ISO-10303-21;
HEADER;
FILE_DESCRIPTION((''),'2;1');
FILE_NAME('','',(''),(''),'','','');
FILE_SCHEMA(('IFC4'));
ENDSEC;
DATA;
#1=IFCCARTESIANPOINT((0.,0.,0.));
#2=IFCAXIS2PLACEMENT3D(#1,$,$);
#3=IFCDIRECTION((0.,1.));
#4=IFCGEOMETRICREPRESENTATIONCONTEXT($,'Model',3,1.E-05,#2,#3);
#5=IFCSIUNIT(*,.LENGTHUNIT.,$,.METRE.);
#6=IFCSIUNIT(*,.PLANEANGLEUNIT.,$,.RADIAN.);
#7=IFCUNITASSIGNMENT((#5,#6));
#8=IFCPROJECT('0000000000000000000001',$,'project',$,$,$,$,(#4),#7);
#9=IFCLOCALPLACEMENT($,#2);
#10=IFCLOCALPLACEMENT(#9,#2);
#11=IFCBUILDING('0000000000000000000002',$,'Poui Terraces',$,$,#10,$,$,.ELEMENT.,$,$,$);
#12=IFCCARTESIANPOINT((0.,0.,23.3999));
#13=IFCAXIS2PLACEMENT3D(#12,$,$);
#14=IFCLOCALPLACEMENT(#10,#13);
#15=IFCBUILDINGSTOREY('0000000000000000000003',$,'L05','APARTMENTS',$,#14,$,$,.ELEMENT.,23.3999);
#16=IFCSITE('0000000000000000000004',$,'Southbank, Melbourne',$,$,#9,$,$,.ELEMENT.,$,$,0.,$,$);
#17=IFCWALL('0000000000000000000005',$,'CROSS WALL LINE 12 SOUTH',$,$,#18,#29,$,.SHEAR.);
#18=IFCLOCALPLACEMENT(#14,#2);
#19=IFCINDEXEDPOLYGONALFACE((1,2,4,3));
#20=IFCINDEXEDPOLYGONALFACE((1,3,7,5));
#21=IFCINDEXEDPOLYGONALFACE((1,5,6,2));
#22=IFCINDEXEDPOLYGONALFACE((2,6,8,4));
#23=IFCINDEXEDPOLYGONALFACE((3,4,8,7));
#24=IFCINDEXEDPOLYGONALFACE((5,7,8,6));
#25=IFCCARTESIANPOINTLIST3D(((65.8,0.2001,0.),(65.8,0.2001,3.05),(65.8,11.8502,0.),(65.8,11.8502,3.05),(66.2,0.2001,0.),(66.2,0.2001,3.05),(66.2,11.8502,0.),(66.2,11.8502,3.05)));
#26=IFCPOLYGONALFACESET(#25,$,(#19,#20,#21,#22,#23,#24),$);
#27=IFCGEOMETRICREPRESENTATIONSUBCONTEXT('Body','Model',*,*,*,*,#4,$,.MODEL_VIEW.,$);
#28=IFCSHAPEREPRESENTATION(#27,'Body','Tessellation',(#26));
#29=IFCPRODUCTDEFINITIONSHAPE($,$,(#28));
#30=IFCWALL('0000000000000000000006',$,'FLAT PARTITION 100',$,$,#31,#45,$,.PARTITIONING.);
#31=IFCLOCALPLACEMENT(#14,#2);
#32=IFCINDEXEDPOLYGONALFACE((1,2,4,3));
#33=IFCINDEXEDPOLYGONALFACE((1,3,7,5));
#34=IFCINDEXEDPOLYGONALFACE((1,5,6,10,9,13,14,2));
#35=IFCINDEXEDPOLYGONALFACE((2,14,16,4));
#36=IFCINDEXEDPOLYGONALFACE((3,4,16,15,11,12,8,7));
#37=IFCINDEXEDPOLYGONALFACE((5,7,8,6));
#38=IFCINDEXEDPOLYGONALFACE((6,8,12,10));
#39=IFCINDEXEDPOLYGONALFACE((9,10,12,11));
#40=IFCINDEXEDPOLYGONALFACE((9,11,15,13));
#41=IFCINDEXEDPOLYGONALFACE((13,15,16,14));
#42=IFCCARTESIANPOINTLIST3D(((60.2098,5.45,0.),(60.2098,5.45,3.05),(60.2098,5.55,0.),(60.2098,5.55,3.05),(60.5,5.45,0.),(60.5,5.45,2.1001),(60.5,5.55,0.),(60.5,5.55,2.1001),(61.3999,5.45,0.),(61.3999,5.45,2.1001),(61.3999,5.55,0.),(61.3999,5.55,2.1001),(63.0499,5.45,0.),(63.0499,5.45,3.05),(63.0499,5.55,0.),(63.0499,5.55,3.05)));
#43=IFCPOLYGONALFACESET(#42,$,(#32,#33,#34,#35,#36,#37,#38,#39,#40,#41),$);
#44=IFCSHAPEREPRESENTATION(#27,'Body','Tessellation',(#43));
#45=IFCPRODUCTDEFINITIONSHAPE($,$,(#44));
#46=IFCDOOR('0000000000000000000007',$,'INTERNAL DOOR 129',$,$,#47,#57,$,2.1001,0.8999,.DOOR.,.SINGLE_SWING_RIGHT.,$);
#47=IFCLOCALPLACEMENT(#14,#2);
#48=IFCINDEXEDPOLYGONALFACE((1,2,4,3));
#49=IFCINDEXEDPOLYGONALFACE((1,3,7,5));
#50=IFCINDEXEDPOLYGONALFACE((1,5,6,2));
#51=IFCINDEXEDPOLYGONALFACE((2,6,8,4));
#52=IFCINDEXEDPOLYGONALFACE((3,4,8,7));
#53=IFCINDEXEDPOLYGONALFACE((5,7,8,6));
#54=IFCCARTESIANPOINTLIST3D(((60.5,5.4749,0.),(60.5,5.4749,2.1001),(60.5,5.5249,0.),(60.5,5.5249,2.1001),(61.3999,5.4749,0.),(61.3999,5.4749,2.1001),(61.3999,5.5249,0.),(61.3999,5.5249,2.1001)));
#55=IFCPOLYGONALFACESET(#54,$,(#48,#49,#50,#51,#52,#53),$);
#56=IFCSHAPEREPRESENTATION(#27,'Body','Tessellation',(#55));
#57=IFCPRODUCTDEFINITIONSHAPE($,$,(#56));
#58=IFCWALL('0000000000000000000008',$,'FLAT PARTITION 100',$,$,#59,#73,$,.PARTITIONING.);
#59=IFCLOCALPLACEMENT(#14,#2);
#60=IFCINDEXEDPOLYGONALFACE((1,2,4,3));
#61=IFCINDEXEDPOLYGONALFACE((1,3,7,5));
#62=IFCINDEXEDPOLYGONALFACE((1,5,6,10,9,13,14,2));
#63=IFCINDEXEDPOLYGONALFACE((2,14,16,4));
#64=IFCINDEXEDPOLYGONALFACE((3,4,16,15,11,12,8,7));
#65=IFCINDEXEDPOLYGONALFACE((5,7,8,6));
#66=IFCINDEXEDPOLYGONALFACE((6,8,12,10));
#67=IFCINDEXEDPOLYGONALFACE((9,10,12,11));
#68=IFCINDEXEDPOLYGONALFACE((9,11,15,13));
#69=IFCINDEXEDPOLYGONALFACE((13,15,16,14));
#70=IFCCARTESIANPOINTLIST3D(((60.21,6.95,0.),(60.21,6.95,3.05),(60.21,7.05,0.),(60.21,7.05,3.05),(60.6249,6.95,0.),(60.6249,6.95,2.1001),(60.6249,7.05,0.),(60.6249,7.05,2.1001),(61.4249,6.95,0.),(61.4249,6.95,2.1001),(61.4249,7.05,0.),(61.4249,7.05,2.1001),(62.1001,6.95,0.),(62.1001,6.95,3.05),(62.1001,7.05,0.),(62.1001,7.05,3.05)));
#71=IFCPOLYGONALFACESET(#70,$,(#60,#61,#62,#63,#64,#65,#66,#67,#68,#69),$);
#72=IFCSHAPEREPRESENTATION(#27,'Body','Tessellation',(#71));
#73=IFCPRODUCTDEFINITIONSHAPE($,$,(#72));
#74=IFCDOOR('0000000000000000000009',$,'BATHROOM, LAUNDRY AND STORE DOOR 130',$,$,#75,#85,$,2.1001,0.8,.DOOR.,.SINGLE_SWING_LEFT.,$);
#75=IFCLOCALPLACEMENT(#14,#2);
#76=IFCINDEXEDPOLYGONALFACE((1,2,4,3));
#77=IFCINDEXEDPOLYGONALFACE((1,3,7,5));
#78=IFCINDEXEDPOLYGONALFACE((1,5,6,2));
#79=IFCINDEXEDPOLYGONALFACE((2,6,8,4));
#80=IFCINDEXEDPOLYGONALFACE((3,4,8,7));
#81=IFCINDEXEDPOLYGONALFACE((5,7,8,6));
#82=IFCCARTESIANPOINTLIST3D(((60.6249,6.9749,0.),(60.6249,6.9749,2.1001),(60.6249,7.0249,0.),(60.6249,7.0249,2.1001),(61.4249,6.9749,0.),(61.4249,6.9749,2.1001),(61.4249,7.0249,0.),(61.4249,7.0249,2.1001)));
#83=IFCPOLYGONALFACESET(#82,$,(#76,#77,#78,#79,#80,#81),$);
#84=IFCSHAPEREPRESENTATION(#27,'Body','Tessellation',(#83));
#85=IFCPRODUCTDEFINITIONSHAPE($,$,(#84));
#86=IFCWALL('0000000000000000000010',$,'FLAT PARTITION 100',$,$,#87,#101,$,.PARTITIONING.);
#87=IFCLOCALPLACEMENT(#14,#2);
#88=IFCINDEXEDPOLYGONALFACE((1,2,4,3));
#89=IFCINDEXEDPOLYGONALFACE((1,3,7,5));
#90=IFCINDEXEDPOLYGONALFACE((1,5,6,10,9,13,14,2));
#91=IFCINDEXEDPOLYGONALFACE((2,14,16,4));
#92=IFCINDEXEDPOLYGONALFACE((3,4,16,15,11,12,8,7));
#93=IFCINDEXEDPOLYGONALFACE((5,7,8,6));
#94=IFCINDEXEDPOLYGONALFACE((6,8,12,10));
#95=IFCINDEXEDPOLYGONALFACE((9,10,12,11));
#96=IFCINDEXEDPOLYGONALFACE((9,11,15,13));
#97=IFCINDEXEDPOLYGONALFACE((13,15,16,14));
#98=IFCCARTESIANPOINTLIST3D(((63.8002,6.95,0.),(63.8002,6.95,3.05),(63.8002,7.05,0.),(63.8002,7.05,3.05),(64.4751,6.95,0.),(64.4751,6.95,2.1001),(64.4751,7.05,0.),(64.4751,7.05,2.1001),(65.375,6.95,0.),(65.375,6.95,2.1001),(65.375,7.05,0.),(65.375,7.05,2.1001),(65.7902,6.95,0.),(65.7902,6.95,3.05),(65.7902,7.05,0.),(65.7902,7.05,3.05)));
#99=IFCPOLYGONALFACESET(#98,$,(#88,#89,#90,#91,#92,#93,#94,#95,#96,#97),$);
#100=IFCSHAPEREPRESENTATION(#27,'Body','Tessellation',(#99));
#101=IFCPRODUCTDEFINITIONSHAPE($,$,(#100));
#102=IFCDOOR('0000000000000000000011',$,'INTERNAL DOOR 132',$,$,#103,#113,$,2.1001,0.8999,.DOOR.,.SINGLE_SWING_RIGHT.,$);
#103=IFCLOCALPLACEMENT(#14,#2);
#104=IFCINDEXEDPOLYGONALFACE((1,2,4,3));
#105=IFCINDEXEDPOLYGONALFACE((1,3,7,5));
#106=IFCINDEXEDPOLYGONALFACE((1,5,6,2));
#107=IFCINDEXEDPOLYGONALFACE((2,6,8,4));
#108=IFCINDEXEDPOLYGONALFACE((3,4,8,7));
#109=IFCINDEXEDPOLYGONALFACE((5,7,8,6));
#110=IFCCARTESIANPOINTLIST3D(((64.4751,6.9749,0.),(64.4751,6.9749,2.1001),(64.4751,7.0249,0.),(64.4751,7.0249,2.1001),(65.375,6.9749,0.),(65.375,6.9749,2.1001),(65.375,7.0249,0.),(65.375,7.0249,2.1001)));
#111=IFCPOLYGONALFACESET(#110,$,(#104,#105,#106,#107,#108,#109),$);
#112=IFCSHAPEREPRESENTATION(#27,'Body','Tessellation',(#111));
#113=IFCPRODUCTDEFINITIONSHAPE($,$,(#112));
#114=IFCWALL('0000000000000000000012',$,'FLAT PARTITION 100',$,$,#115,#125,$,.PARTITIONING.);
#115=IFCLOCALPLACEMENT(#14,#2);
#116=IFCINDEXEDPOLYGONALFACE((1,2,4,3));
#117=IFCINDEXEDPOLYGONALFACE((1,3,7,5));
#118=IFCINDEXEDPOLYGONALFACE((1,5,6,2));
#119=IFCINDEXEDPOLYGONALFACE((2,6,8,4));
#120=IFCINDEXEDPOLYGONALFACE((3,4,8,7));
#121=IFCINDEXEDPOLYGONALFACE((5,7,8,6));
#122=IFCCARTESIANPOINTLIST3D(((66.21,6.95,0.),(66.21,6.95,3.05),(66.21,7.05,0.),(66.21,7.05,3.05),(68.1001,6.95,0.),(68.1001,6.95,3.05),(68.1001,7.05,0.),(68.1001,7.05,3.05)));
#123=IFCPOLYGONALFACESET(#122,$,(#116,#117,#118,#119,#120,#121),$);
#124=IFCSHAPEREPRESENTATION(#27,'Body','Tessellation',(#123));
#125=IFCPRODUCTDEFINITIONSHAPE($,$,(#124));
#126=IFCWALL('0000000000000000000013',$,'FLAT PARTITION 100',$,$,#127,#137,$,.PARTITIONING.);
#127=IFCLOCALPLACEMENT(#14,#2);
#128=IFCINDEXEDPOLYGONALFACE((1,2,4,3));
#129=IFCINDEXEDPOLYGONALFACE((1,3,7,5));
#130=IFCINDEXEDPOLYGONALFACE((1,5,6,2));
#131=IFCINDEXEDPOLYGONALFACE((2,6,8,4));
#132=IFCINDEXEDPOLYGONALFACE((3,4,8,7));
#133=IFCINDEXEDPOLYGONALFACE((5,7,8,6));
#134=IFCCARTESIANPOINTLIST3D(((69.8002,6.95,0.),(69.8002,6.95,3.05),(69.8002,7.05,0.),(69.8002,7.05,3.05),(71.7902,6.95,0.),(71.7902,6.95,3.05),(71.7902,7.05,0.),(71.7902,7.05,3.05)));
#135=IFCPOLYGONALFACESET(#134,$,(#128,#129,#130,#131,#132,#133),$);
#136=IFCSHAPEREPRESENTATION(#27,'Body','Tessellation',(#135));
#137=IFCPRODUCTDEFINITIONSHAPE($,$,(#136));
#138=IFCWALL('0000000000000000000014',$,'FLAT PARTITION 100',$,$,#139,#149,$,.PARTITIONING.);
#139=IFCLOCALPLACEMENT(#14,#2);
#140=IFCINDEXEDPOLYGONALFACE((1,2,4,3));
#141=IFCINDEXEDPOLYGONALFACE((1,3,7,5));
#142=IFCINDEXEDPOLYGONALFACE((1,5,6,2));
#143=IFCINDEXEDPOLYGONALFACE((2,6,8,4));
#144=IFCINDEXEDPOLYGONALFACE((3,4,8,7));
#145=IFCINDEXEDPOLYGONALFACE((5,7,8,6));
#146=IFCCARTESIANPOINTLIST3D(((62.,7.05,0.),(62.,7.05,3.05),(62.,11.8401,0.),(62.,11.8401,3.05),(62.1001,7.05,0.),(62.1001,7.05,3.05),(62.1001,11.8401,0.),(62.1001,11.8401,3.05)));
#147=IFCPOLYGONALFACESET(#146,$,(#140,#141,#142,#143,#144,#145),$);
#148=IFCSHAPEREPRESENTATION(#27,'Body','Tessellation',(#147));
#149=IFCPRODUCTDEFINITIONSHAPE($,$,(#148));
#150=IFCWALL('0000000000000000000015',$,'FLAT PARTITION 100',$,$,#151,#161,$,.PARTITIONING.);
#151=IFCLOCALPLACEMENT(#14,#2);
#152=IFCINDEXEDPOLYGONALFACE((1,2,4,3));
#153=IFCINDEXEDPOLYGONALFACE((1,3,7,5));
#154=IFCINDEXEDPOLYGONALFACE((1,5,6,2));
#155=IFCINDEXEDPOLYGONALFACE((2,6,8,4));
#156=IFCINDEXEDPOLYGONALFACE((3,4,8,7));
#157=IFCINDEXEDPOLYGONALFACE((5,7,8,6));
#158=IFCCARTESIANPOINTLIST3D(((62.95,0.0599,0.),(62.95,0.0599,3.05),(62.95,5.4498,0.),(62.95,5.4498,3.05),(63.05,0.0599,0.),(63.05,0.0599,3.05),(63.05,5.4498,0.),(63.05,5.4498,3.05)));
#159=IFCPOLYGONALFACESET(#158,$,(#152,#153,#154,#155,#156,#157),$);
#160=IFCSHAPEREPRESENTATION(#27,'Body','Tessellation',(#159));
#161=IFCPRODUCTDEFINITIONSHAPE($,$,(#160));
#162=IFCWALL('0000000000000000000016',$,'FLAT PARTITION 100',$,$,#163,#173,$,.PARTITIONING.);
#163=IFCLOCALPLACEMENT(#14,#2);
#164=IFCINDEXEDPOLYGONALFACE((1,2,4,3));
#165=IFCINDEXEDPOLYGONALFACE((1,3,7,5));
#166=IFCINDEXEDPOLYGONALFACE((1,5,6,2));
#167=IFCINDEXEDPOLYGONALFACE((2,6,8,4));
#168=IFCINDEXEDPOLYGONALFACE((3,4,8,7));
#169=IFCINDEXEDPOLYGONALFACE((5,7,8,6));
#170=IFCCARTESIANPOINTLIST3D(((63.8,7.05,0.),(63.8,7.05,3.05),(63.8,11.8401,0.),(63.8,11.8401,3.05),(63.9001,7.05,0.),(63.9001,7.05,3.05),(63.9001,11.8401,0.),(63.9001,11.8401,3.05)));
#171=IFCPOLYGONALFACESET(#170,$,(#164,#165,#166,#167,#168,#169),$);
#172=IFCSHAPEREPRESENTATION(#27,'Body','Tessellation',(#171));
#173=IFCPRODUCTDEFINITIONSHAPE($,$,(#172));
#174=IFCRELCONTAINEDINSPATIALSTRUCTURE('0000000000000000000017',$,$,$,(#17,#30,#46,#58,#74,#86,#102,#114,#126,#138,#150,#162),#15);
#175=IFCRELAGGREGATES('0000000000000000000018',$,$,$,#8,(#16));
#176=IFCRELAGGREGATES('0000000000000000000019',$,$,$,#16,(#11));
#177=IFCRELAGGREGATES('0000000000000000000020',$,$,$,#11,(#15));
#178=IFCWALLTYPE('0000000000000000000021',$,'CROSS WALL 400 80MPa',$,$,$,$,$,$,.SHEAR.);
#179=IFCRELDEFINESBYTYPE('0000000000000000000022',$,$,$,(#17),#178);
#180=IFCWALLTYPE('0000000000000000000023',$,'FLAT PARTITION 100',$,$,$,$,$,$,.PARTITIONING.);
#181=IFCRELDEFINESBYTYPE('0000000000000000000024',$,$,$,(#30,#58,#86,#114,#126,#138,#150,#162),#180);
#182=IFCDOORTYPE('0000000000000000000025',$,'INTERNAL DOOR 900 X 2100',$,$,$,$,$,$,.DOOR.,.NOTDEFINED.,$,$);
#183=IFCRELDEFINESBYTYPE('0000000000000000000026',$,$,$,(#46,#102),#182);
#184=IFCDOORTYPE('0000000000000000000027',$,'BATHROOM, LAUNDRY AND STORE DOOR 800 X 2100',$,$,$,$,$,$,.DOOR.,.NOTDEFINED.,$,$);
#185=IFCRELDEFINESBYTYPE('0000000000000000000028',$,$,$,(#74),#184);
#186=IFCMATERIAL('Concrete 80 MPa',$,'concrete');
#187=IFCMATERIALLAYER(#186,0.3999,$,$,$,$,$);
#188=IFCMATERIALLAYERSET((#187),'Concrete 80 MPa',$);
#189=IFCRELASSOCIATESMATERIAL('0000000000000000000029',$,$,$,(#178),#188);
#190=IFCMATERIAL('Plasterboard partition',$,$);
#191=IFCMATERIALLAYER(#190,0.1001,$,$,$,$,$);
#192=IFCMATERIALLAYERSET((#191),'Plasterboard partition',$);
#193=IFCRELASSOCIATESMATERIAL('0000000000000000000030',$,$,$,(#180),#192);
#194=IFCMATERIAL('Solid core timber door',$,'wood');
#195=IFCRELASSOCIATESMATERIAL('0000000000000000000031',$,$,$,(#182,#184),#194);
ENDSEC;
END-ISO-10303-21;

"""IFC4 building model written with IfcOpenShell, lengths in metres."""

from ifc_helpers import new_model, si_unit, direction, frame, frame_2d, origin, place, context, subcontext, project, spatial, rectangle, extrude, material, layer, layer_set, type_object, element, fill, save


model = new_model("IFC4")

# Units and contexts
model_context = context("Model", 3, precision=1e-05, world=origin(), true_north=direction((0.0, 1.0)))
body_context = subcontext(model_context, "Body", "Model", "MODEL_VIEW")
ifc_project = project(units=[si_unit("LENGTHUNIT", "METRE"), si_unit("PLANEANGLEUNIT", "RADIAN")], contexts=[model_context])

# Site, building, storey
site_placement = place(None, origin())
site = spatial("IfcSite", under=ifc_project, at=site_placement, Name="Southbank, Melbourne", CompositionType="ELEMENT", RefElevation=0.0)
building_placement = place(site_placement, origin())
building = spatial("IfcBuilding", under=site, at=building_placement, Name="Poui Terraces", CompositionType="ELEMENT")
storey_placement = place(building_placement, frame((0.0, 0.0, 23.3999)))
storey = spatial("IfcBuildingStorey", under=building, at=storey_placement, Name="L05", Description="APARTMENTS", CompositionType="ELEMENT", Elevation=23.3999)

# Wall
ifc_material_1 = material(Name="Concrete 80 MPa", Category="concrete")
ifc_layer_1 = layer(ifc_material_1, 0.3999)
ifc_layer_set_1 = layer_set([ifc_layer_1], Name="Concrete 80 MPa")
wall_type_1 = type_object("IfcWallType", Name="CROSS WALL 400 80MPa", PredefinedType="SHEAR", material=ifc_layer_set_1)
wall_1_placement = place(storey_placement, frame((66.0, 0.2, 0.0), z_axis=(0.0, 0.0, 1.0), x_axis=(0.0, 1.0, 0.0)))
element("IfcWall", 1, at=wall_1_placement, inside=storey, type_object=wall_type_1, Name="CROSS WALL LINE 12 SOUTH", PredefinedType="SHEAR", context=body_context, shape_type="SweptSolid", body=[
    extrude(rectangle(XDim=11.6501, YDim=0.3999, at=frame_2d((5.8252, 0.0))), origin(), (0.0, 0.0, 1.0), 3.05),
])

# Walls, openings, doors
ifc_material_2 = material(Name="Plasterboard partition")
ifc_layer_2 = layer(ifc_material_2, 0.1001)
ifc_layer_set_2 = layer_set([ifc_layer_2], Name="Plasterboard partition")
wall_type_2 = type_object("IfcWallType", Name="FLAT PARTITION 100", PredefinedType="PARTITIONING", material=ifc_layer_set_2)
wall_2_placement = place(storey_placement, frame((60.21, 5.5, 0.0), z_axis=(0.0, 0.0, 1.0), x_axis=(1.0, 0.0, 0.0)))
wall_2 = element("IfcWall", 2, at=wall_2_placement, inside=storey, type_object=wall_type_2, Name="FLAT PARTITION 100", PredefinedType="PARTITIONING", context=body_context, shape_type="SweptSolid", body=[
    extrude(rectangle(XDim=2.8401, YDim=0.1001, at=frame_2d((1.4199, 0.0))), origin(), (0.0, 0.0, 1.0), 3.05),
])
opening_1_placement = place(wall_2_placement, frame((0.29, 0.0, 0.0)))
opening_1 = element("IfcOpeningElement", 3, at=opening_1_placement, cuts=wall_2, PredefinedType="OPENING", context=body_context, shape_type="SweptSolid", body=[
    extrude(rectangle(XDim=0.8999, YDim=2.1001, at=frame_2d((0.45, 1.05))), frame((0.0, 0.0601, 0.0), z_axis=(0.0, -1.0, 0.0), x_axis=(1.0, 0.0, 0.0)), (0.0, 0.0, 1.0), 0.1201),
])
ifc_material_3 = material(Name="Solid core timber door", Category="wood")
door_type_1 = type_object("IfcDoorType", Name="INTERNAL DOOR 900 X 2100", OperationType="NOTDEFINED", PredefinedType="DOOR", material=ifc_material_3)
door_1_placement = place(opening_1_placement, origin())
door_1 = element("IfcDoor", 4, at=door_1_placement, inside=storey, type_object=door_type_1, Name="INTERNAL DOOR 129", OperationType="SINGLE_SWING_RIGHT", OverallHeight=2.1001, OverallWidth=0.8999, PredefinedType="DOOR", context=body_context, shape_type="SweptSolid", body=[
    extrude(rectangle(XDim=0.8999, YDim=2.1001, at=frame_2d((0.45, 1.05))), frame((0.0, 0.0249, 0.0), z_axis=(0.0, -1.0, 0.0), x_axis=(1.0, 0.0, 0.0)), (0.0, 0.0, 1.0), 0.05),
])
fill(opening_1, door_1)
wall_3_placement = place(storey_placement, frame((60.21, 7.0, 0.0), z_axis=(0.0, 0.0, 1.0), x_axis=(1.0, 0.0, 0.0)))
wall_3 = element("IfcWall", 5, at=wall_3_placement, inside=storey, type_object=wall_type_2, Name="FLAT PARTITION 100", PredefinedType="PARTITIONING", context=body_context, shape_type="SweptSolid", body=[
    extrude(rectangle(XDim=1.8901, YDim=0.1001, at=frame_2d((0.9451, 0.0))), origin(), (0.0, 0.0, 1.0), 3.05),
])
opening_2_placement = place(wall_3_placement, frame((0.415, 0.0, 0.0)))
opening_2 = element("IfcOpeningElement", 6, at=opening_2_placement, cuts=wall_3, PredefinedType="OPENING", context=body_context, shape_type="SweptSolid", body=[
    extrude(rectangle(XDim=0.8, YDim=2.1001, at=frame_2d((0.3999, 1.05))), frame((0.0, 0.0601, 0.0), z_axis=(0.0, -1.0, 0.0), x_axis=(1.0, 0.0, 0.0)), (0.0, 0.0, 1.0), 0.1201),
])
door_type_2 = type_object("IfcDoorType", Name="BATHROOM, LAUNDRY AND STORE DOOR 800 X 2100", OperationType="NOTDEFINED", PredefinedType="DOOR", material=ifc_material_3)
door_2_placement = place(opening_2_placement, origin())
door_2 = element("IfcDoor", 7, at=door_2_placement, inside=storey, type_object=door_type_2, Name="BATHROOM, LAUNDRY AND STORE DOOR 130", OperationType="SINGLE_SWING_LEFT", OverallHeight=2.1001, OverallWidth=0.8, PredefinedType="DOOR", context=body_context, shape_type="SweptSolid", body=[
    extrude(rectangle(XDim=0.8, YDim=2.1001, at=frame_2d((0.3999, 1.05))), frame((0.0, 0.0249, 0.0), z_axis=(0.0, -1.0, 0.0), x_axis=(1.0, 0.0, 0.0)), (0.0, 0.0, 1.0), 0.05),
])
fill(opening_2, door_2)
wall_4_placement = place(storey_placement, frame((63.8, 7.0, 0.0), z_axis=(0.0, 0.0, 1.0), x_axis=(1.0, 0.0, 0.0)))
wall_4 = element("IfcWall", 8, at=wall_4_placement, inside=storey, type_object=wall_type_2, Name="FLAT PARTITION 100", PredefinedType="PARTITIONING", context=body_context, shape_type="SweptSolid", body=[
    extrude(rectangle(XDim=1.99, YDim=0.1001, at=frame_2d((0.9951, 0.0))), origin(), (0.0, 0.0, 1.0), 3.05),
])
opening_3_placement = place(wall_4_placement, frame((0.675, 0.0, 0.0)))
opening_3 = element("IfcOpeningElement", 9, at=opening_3_placement, cuts=wall_4, PredefinedType="OPENING", context=body_context, shape_type="SweptSolid", body=[
    extrude(rectangle(XDim=0.8999, YDim=2.1001, at=frame_2d((0.45, 1.05))), frame((0.0, 0.0601, 0.0), z_axis=(0.0, -1.0, 0.0), x_axis=(1.0, 0.0, 0.0)), (0.0, 0.0, 1.0), 0.1201),
])
door_3_placement = place(opening_3_placement, origin())
door_3 = element("IfcDoor", 10, at=door_3_placement, inside=storey, type_object=door_type_1, Name="INTERNAL DOOR 132", OperationType="SINGLE_SWING_RIGHT", OverallHeight=2.1001, OverallWidth=0.8999, PredefinedType="DOOR", context=body_context, shape_type="SweptSolid", body=[
    extrude(rectangle(XDim=0.8999, YDim=2.1001, at=frame_2d((0.45, 1.05))), frame((0.0, 0.0249, 0.0), z_axis=(0.0, -1.0, 0.0), x_axis=(1.0, 0.0, 0.0)), (0.0, 0.0, 1.0), 0.05),
])
fill(opening_3, door_3)

# Walls
wall_5_placement = place(storey_placement, frame((66.21, 7.0, 0.0), z_axis=(0.0, 0.0, 1.0), x_axis=(1.0, 0.0, 0.0)))
element("IfcWall", 11, at=wall_5_placement, inside=storey, type_object=wall_type_2, Name="FLAT PARTITION 100", PredefinedType="PARTITIONING", context=body_context, shape_type="SweptSolid", body=[
    extrude(rectangle(XDim=1.8901, YDim=0.1001, at=frame_2d((0.9451, 0.0))), origin(), (0.0, 0.0, 1.0), 3.05),
])
wall_6_placement = place(storey_placement, frame((69.8, 7.0, 0.0), z_axis=(0.0, 0.0, 1.0), x_axis=(1.0, 0.0, 0.0)))
element("IfcWall", 12, at=wall_6_placement, inside=storey, type_object=wall_type_2, Name="FLAT PARTITION 100", PredefinedType="PARTITIONING", context=body_context, shape_type="SweptSolid", body=[
    extrude(rectangle(XDim=1.99, YDim=0.1001, at=frame_2d((0.9951, 0.0))), origin(), (0.0, 0.0, 1.0), 3.05),
])
wall_7_placement = place(storey_placement, frame((62.05, 7.05, 0.0), z_axis=(0.0, 0.0, 1.0), x_axis=(0.0, 1.0, 0.0)))
element("IfcWall", 13, at=wall_7_placement, inside=storey, type_object=wall_type_2, Name="FLAT PARTITION 100", PredefinedType="PARTITIONING", context=body_context, shape_type="SweptSolid", body=[
    extrude(rectangle(XDim=4.79, YDim=0.1001, at=frame_2d((2.395, 0.0))), origin(), (0.0, 0.0, 1.0), 3.05),
])
wall_8_placement = place(storey_placement, frame((63.0, 0.0601, 0.0), z_axis=(0.0, 0.0, 1.0), x_axis=(0.0, 1.0, 0.0)))
element("IfcWall", 14, at=wall_8_placement, inside=storey, type_object=wall_type_2, Name="FLAT PARTITION 100", PredefinedType="PARTITIONING", context=body_context, shape_type="SweptSolid", body=[
    extrude(rectangle(XDim=5.3899, YDim=0.1001, at=frame_2d((2.6948, 0.0))), origin(), (0.0, 0.0, 1.0), 3.05),
])
wall_9_placement = place(storey_placement, frame((63.8501, 7.05, 0.0), z_axis=(0.0, 0.0, 1.0), x_axis=(0.0, 1.0, 0.0)))
element("IfcWall", 15, at=wall_9_placement, inside=storey, type_object=wall_type_2, Name="FLAT PARTITION 100", PredefinedType="PARTITIONING", context=body_context, shape_type="SweptSolid", body=[
    extrude(rectangle(XDim=4.79, YDim=0.1001, at=frame_2d((2.395, 0.0))), origin(), (0.0, 0.0, 1.0), 3.05),
])

save(model, "model.ifc")
